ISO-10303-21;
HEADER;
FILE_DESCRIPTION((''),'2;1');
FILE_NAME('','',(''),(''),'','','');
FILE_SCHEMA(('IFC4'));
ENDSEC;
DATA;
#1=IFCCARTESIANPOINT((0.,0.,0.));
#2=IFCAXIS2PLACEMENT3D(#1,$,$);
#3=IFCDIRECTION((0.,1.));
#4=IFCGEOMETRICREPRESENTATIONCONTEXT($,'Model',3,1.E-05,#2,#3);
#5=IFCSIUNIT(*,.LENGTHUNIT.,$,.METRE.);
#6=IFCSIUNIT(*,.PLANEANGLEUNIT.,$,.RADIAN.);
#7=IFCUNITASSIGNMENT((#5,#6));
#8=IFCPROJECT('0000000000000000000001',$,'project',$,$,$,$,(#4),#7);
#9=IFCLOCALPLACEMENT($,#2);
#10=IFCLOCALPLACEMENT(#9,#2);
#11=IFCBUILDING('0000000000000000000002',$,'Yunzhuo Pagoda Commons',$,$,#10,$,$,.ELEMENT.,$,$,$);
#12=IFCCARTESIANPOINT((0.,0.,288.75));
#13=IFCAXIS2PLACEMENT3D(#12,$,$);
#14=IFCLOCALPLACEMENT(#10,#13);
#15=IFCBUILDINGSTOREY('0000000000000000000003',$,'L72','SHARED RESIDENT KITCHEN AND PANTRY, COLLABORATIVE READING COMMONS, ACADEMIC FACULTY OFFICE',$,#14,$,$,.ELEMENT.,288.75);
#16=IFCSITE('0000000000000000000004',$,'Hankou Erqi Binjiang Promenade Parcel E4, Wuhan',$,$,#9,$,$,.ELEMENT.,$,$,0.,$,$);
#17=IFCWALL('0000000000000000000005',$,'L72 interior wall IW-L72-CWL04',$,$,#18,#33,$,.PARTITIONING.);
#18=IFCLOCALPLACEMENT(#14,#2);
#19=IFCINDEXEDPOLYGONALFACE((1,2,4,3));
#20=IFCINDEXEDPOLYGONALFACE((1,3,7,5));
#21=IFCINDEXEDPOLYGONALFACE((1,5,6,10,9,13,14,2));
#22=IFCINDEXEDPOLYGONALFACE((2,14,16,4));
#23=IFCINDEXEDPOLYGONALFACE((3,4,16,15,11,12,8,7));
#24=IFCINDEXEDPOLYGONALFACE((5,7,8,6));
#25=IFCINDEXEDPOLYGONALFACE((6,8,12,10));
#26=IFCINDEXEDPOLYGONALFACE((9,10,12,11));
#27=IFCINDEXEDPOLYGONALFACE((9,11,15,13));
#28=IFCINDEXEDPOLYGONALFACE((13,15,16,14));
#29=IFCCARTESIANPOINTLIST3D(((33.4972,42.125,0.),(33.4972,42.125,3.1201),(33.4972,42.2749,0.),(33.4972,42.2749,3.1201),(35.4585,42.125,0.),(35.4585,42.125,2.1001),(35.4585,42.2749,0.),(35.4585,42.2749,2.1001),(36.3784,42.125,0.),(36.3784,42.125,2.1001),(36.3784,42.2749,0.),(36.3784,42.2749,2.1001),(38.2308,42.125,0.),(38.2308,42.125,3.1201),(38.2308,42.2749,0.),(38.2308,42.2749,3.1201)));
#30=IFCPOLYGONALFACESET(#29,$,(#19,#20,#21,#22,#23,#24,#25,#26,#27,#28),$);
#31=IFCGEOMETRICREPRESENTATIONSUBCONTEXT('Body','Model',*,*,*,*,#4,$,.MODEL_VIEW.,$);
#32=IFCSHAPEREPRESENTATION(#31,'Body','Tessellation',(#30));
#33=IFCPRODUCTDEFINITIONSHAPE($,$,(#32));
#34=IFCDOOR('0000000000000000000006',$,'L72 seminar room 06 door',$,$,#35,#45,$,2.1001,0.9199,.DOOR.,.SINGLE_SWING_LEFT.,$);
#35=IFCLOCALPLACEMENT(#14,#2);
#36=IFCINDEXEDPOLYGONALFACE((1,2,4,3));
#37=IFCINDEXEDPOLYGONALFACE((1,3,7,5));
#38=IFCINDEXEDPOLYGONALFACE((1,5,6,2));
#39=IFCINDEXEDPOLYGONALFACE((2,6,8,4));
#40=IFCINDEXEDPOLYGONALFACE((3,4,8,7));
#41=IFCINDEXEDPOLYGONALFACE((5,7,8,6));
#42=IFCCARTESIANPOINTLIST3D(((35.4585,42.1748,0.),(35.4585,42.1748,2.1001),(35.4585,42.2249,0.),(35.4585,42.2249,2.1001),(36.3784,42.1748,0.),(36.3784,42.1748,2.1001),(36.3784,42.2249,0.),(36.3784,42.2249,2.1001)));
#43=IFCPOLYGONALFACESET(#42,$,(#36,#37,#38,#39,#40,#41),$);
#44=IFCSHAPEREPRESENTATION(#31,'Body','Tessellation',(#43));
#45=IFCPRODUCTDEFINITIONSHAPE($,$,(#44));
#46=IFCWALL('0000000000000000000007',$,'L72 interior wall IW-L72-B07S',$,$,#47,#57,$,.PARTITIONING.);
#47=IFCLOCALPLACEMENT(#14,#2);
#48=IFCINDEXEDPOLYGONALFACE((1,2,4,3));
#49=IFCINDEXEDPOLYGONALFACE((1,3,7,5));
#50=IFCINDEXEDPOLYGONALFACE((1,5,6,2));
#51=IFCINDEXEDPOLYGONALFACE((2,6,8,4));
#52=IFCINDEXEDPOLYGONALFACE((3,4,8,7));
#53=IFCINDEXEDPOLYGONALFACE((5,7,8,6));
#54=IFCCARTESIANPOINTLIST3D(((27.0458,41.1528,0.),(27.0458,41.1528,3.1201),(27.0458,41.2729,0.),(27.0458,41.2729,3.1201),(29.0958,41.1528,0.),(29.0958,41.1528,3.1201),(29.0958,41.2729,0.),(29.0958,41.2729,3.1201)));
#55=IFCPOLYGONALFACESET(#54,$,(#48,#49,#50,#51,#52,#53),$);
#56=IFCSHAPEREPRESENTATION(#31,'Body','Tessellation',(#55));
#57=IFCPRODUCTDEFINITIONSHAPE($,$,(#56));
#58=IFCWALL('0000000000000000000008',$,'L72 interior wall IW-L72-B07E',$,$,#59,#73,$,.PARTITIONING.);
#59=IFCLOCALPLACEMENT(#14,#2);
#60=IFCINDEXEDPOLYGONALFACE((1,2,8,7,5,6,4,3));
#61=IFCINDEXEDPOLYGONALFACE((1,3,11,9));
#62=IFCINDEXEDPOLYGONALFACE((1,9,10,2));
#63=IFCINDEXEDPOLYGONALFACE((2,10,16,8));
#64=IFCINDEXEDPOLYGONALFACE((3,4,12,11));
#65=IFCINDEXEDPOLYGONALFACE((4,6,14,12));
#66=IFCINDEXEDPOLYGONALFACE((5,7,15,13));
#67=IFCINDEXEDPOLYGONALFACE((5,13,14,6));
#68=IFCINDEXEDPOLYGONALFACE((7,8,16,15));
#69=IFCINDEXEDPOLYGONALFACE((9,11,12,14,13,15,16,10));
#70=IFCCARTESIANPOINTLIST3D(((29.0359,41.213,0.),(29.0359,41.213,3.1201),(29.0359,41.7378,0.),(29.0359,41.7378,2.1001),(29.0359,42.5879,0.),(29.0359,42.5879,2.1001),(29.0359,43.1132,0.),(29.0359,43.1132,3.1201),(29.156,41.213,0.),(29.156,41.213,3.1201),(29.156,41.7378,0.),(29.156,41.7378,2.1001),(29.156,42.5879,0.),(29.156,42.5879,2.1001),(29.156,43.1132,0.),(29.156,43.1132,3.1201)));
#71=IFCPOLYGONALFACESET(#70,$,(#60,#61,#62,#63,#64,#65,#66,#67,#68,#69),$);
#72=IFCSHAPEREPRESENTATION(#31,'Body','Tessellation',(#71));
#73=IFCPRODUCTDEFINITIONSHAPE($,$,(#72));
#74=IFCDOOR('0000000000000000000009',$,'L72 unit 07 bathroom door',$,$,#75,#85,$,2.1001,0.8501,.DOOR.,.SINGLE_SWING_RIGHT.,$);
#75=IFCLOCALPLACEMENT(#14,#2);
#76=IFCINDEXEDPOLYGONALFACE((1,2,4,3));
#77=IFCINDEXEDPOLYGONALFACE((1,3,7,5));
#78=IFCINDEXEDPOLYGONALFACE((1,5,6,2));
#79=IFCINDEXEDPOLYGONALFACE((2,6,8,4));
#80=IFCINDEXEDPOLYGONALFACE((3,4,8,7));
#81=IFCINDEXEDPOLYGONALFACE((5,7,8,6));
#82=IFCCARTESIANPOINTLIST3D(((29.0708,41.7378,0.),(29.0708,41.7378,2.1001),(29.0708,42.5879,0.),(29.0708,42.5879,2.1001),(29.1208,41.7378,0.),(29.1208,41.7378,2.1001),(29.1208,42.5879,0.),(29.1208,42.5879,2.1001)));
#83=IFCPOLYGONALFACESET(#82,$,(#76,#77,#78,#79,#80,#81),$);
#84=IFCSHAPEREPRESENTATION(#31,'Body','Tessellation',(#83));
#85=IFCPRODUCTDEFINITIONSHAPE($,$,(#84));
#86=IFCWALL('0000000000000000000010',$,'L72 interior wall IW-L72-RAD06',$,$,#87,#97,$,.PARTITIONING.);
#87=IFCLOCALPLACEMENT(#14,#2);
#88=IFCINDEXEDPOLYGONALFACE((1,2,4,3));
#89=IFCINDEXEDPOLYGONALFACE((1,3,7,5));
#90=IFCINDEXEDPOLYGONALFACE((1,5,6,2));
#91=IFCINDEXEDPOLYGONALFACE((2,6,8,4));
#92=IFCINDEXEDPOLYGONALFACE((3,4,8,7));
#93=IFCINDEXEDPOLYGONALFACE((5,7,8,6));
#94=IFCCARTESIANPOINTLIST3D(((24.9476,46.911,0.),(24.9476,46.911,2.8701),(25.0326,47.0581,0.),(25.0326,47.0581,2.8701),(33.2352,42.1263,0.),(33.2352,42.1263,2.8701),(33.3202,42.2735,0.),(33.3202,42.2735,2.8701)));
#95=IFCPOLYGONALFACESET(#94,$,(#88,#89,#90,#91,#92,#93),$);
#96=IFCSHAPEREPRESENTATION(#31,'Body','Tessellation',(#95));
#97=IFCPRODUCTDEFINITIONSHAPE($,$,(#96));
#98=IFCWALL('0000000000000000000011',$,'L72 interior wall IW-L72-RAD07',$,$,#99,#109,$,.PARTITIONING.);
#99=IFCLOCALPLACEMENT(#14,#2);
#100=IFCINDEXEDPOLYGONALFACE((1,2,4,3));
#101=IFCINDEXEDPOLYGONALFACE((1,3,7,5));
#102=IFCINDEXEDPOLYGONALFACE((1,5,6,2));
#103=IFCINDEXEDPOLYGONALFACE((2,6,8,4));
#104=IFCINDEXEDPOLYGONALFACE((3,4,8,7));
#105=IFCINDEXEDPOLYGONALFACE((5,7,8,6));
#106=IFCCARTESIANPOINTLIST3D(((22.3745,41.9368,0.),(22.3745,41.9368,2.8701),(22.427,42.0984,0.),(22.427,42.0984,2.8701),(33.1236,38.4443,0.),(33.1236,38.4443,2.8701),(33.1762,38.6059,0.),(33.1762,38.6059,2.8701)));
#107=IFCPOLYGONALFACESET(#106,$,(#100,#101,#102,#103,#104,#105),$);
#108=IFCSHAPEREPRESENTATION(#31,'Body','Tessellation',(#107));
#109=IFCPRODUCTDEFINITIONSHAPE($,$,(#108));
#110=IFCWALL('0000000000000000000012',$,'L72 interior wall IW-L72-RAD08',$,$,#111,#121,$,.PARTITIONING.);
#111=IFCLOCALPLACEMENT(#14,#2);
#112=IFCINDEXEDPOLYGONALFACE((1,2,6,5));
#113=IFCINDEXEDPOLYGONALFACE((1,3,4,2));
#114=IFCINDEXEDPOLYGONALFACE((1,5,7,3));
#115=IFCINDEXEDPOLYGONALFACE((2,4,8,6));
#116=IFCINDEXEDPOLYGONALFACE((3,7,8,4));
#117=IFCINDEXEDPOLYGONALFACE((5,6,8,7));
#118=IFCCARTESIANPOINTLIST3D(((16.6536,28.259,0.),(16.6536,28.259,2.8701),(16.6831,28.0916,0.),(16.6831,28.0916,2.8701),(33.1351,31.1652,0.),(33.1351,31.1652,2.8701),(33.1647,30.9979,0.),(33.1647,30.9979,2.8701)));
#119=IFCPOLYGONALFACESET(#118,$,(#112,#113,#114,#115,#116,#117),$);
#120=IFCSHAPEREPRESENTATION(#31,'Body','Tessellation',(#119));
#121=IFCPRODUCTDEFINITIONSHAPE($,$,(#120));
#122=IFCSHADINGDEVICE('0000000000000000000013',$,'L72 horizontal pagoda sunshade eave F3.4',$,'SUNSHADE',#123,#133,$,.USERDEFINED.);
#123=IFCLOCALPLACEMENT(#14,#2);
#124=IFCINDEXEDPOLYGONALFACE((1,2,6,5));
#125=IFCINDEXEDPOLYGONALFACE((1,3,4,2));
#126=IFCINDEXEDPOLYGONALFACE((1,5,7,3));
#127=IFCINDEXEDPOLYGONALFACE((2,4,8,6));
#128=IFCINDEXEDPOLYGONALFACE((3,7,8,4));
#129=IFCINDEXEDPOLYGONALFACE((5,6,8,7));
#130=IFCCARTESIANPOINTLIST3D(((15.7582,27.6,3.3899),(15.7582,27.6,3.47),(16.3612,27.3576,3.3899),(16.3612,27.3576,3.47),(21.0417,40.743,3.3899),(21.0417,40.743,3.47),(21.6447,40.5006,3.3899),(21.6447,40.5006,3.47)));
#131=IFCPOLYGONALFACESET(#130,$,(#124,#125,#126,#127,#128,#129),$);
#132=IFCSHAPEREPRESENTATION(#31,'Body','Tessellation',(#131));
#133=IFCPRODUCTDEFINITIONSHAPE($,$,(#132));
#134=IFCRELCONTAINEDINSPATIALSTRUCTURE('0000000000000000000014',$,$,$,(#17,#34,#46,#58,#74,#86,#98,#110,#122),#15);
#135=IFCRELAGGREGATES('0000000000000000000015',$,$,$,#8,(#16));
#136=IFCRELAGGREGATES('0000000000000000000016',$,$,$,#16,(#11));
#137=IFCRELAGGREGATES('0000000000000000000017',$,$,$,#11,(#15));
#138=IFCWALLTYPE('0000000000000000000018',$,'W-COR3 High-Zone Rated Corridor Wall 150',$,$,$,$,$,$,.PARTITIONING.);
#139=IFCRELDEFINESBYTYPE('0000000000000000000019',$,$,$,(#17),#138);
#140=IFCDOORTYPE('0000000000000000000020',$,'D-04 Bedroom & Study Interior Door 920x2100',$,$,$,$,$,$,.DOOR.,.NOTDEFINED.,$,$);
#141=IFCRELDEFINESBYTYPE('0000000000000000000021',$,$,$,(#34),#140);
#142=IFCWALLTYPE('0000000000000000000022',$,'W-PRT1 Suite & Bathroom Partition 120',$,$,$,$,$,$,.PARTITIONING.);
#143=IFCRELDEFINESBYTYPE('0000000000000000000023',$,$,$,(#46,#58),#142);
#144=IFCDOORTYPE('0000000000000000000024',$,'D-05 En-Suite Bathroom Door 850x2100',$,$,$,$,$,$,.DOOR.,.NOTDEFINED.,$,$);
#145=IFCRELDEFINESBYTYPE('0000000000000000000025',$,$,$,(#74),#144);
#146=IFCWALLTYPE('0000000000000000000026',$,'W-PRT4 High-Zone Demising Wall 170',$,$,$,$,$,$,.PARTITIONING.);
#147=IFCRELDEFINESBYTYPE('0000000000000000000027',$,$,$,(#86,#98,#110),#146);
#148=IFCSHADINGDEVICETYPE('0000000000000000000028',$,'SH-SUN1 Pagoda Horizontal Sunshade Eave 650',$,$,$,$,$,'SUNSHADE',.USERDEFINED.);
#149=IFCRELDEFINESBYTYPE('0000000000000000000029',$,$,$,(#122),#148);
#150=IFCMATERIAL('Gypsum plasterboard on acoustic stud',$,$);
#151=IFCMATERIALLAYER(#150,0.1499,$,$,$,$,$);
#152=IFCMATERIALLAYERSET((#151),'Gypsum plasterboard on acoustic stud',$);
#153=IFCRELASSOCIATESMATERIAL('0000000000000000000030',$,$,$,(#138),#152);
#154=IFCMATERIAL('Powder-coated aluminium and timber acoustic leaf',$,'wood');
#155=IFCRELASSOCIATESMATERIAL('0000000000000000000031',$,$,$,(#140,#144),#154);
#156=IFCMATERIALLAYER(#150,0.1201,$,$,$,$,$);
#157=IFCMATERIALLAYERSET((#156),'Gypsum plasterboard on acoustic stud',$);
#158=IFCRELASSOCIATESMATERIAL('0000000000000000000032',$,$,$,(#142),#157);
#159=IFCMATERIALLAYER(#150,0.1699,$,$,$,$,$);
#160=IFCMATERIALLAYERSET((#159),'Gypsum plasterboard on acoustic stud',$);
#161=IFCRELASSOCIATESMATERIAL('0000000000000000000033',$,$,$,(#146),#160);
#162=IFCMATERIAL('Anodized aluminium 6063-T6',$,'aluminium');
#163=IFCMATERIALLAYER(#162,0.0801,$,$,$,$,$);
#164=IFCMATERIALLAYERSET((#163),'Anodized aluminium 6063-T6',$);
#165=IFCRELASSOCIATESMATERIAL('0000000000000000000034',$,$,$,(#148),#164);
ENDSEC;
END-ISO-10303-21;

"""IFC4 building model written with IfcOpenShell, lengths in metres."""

from ifc_helpers import new_model, si_unit, direction, frame, frame_2d, origin, origin_with_axes, origin_2d, place, context, subcontext, project, spatial, rectangle, extrude, source, transform, mapped, material, layer, layer_set, type_object, element, fill, save


model = new_model("IFC4")

# Units and contexts
model_context = context("Model", 3, precision=1e-05, world=origin(), true_north=direction((0.0, 1.0)))
body_context = subcontext(model_context, "Body", "Model", "MODEL_VIEW")
ifc_project = project(units=[si_unit("LENGTHUNIT", "METRE"), si_unit("PLANEANGLEUNIT", "RADIAN")], contexts=[model_context])

# Site, building, storey
site_placement = place(None, origin())
site = spatial("IfcSite", under=ifc_project, at=site_placement, Name="Hankou Erqi Binjiang Promenade Parcel E4, Wuhan", CompositionType="ELEMENT", RefElevation=0.0)
building_placement = place(site_placement, origin())
building = spatial("IfcBuilding", under=site, at=building_placement, Name="Yunzhuo Pagoda Commons", CompositionType="ELEMENT")
storey_placement = place(building_placement, frame((0.0, 0.0, 288.75)))
storey = spatial("IfcBuildingStorey", under=building, at=storey_placement, Name="L72", Description="SHARED RESIDENT KITCHEN AND PANTRY, COLLABORATIVE READING COMMONS, ACADEMIC FACULTY OFFICE", CompositionType="ELEMENT", Elevation=288.75)

# Shared definitions
ifc_material_1 = material(Name="Anodized aluminium 6063-T6", Category="aluminium")

# Wall, opening, door
ifc_material_2 = material(Name="Gypsum plasterboard on acoustic stud")
ifc_layer_1 = layer(ifc_material_2, 0.1499)
ifc_layer_set_1 = layer_set([ifc_layer_1], Name="Gypsum plasterboard on acoustic stud")
wall_type_1 = type_object("IfcWallType", Name="W-COR3 High-Zone Rated Corridor Wall 150", PredefinedType="PARTITIONING", material=ifc_layer_set_1)
wall_1_placement = place(storey_placement, frame((33.4973, 42.2, 0.0), z_axis=(0.0, 0.0, 1.0), x_axis=(1.0, 0.0, 0.0)))
wall_1 = element("IfcWall", 1, at=wall_1_placement, inside=storey, type_object=wall_type_1, Name="L72 interior wall IW-L72-CWL04", PredefinedType="PARTITIONING", context=body_context, shape_type="SweptSolid", body=[
    extrude(rectangle(XDim=4.7336, YDim=0.1499, at=frame_2d((2.3667, 0.0))), origin(), (0.0, 0.0, 1.0), 3.1201),
])
opening_1_placement = place(wall_1_placement, frame((1.9612, 0.0, 0.0)))
opening_1 = element("IfcOpeningElement", 2, at=opening_1_placement, cuts=wall_1, PredefinedType="OPENING", context=body_context, shape_type="SweptSolid", body=[
    extrude(rectangle(XDim=0.9199, YDim=2.1001, at=frame_2d((0.46, 1.05))), frame((0.0, 0.085, 0.0), z_axis=(0.0, -1.0, 0.0), x_axis=(1.0, 0.0, 0.0)), (0.0, 0.0, 1.0), 0.1699),
])
ifc_material_3 = material(Name="Powder-coated aluminium and timber acoustic leaf", Category="wood")
door_type_1 = type_object("IfcDoorType", Name="D-04 Bedroom & Study Interior Door 920x2100", OperationType="NOTDEFINED", PredefinedType="DOOR", material=ifc_material_3)
shared_shape_1 = source(origin(), body_context, "Body", "SweptSolid", [
    extrude(rectangle(XDim=0.9199, YDim=2.1001, at=frame_2d((0.46, 1.05))), frame((0.0, 0.0249, 0.0), z_axis=(0.0, -1.0, 0.0), x_axis=(1.0, 0.0, 0.0)), (0.0, 0.0, 1.0), 0.05),
])
door_1_placement = place(opening_1_placement, origin_with_axes())
door_1 = element("IfcDoor", 3, at=door_1_placement, inside=storey, type_object=door_type_1, Name="L72 seminar room 06 door", OperationType="SINGLE_SWING_LEFT", OverallHeight=2.1001, OverallWidth=0.9199, PredefinedType="DOOR", context=body_context, shape_type="MappedRepresentation", body=[
    mapped(shared_shape_1, transform((0.0, 0.0, 0.0), scale=1.0)),
])
fill(opening_1, door_1)

# Wall
ifc_layer_2 = layer(ifc_material_2, 0.1201)
ifc_layer_set_2 = layer_set([ifc_layer_2], Name="Gypsum plasterboard on acoustic stud")
wall_type_2 = type_object("IfcWallType", Name="W-PRT1 Suite & Bathroom Partition 120", PredefinedType="PARTITIONING", material=ifc_layer_set_2)
wall_2_placement = place(storey_placement, frame((27.0459, 41.2129, 0.0), z_axis=(0.0, 0.0, 1.0), x_axis=(1.0, 0.0, 0.0)))
element("IfcWall", 4, at=wall_2_placement, inside=storey, type_object=wall_type_2, Name="L72 interior wall IW-L72-B07S", PredefinedType="PARTITIONING", context=body_context, shape_type="SweptSolid", body=[
    extrude(rectangle(XDim=2.05, YDim=0.1201, at=frame_2d((1.0249, 0.0))), origin(), (0.0, 0.0, 1.0), 3.1201),
])

# Wall, opening, door
wall_3_placement = place(storey_placement, frame((29.0959, 41.2129, 0.0), z_axis=(0.0, 0.0, 1.0), x_axis=(0.0, 1.0, 0.0)))
wall_3 = element("IfcWall", 5, at=wall_3_placement, inside=storey, type_object=wall_type_2, Name="L72 interior wall IW-L72-B07E", PredefinedType="PARTITIONING", context=body_context, shape_type="SweptSolid", body=[
    extrude(rectangle(XDim=1.9001, YDim=0.1201, at=frame_2d((0.9502, 0.0))), origin(), (0.0, 0.0, 1.0), 3.1201),
])
opening_2_placement = place(wall_3_placement, frame((0.5249, 0.0, 0.0)))
opening_2 = element("IfcOpeningElement", 6, at=opening_2_placement, cuts=wall_3, PredefinedType="OPENING", context=body_context, shape_type="SweptSolid", body=[
    extrude(rectangle(XDim=0.8501, YDim=2.1001, at=frame_2d((0.425, 1.05))), frame((0.0, 0.0701, 0.0), z_axis=(0.0, -1.0, 0.0), x_axis=(1.0, 0.0, 0.0)), (0.0, 0.0, 1.0), 0.1401),
])
door_type_2 = type_object("IfcDoorType", Name="D-05 En-Suite Bathroom Door 850x2100", OperationType="NOTDEFINED", PredefinedType="DOOR", material=ifc_material_3)
shared_shape_2 = source(origin(), body_context, "Body", "SweptSolid", [
    extrude(rectangle(XDim=0.8501, YDim=2.1001, at=frame_2d((0.425, 1.05))), frame((0.0, 0.0249, 0.0), z_axis=(0.0, -1.0, 0.0), x_axis=(1.0, 0.0, 0.0)), (0.0, 0.0, 1.0), 0.05),
])
door_2_placement = place(opening_2_placement, frame((0.8501, 0.0, 0.0), z_axis=(0.0, 0.0, 1.0), x_axis=(-1.0, 0.0, 0.0)))
door_2 = element("IfcDoor", 7, at=door_2_placement, inside=storey, type_object=door_type_2, Name="L72 unit 07 bathroom door", OperationType="SINGLE_SWING_RIGHT", OverallHeight=2.1001, OverallWidth=0.8501, PredefinedType="DOOR", context=body_context, shape_type="MappedRepresentation", body=[
    mapped(shared_shape_2, transform((0.0, 0.0, 0.0), scale=1.0)),
])
fill(opening_2, door_2)

# Walls
ifc_layer_3 = layer(ifc_material_2, 0.1699)
ifc_layer_set_3 = layer_set([ifc_layer_3], Name="Gypsum plasterboard on acoustic stud")
wall_type_3 = type_object("IfcWallType", Name="W-PRT4 High-Zone Demising Wall 170", PredefinedType="PARTITIONING", material=ifc_layer_set_3)
wall_4_placement = place(storey_placement, frame((33.2776, 42.2, 0.0), z_axis=(0.0, 0.0, 1.0), x_axis=(-0.866033, 0.499986, 0.0)))
element("IfcWall", 8, at=wall_4_placement, inside=storey, type_object=wall_type_3, Name="L72 interior wall IW-L72-RAD06", PredefinedType="PARTITIONING", context=body_context, shape_type="SweptSolid", body=[
    extrude(rectangle(XDim=9.5696, YDim=0.1699, at=frame_2d((4.7847, 0.0))), origin(), (0.0, 0.0, 1.0), 2.8701),
])
wall_5_placement = place(storey_placement, frame((33.1499, 38.5251, 0.0), z_axis=(0.0, 0.0, 1.0), x_axis=(-0.95106, 0.309006, 0.0)))
element("IfcWall", 9, at=wall_5_placement, inside=storey, type_object=wall_type_3, Name="L72 interior wall IW-L72-RAD07", PredefinedType="PARTITIONING", context=body_context, shape_type="SweptSolid", body=[
    extrude(rectangle(XDim=11.3022, YDim=0.1699, at=frame_2d((5.6511, 0.0))), origin(), (0.0, 0.0, 1.0), 2.8701),
])
wall_6_placement = place(storey_placement, frame((33.1499, 31.0815, 0.0), z_axis=(0.0, 0.0, 1.0), x_axis=(-0.984807, -0.173653, 0.0)))
element("IfcWall", 10, at=wall_6_placement, inside=storey, type_object=wall_type_3, Name="L72 interior wall IW-L72-RAD08", PredefinedType="PARTITIONING", context=body_context, shape_type="SweptSolid", body=[
    extrude(rectangle(XDim=16.7358, YDim=0.1699, at=frame_2d((8.3679, 0.0))), origin(), (0.0, 0.0, 1.0), 2.8701),
])

# Shading device
ifc_layer_4 = layer(ifc_material_1, 0.0801)
ifc_layer_set_4 = layer_set([ifc_layer_4], Name="Anodized aluminium 6063-T6")
shading_device_type = type_object("IfcShadingDeviceType", Name="SH-SUN1 Pagoda Horizontal Sunshade Eave 650", ElementType="SUNSHADE", PredefinedType="USERDEFINED", material=ifc_layer_set_4)
shared_shape_3 = source(origin(), body_context, "Body", "SweptSolid", [
    extrude(rectangle(XDim=14.1653, YDim=0.6499, at=origin_2d()), origin(), (0.0, 0.0, 1.0), 0.0801),
])
shading_device_placement = place(storey_placement, frame((18.7014, 34.0503, 3.3899), z_axis=(0.0, 0.0, 1.0), x_axis=(-0.372988, -0.927836, 0.0)))
element("IfcShadingDevice", 11, at=shading_device_placement, inside=storey, type_object=shading_device_type, Name="L72 horizontal pagoda sunshade eave F3.4", ObjectType="SUNSHADE", PredefinedType="USERDEFINED", context=body_context, shape_type="MappedRepresentation", body=[
    mapped(shared_shape_3, transform((0.0, 0.0, 0.0), scale=1.0)),
])

save(model, "model.ifc")
